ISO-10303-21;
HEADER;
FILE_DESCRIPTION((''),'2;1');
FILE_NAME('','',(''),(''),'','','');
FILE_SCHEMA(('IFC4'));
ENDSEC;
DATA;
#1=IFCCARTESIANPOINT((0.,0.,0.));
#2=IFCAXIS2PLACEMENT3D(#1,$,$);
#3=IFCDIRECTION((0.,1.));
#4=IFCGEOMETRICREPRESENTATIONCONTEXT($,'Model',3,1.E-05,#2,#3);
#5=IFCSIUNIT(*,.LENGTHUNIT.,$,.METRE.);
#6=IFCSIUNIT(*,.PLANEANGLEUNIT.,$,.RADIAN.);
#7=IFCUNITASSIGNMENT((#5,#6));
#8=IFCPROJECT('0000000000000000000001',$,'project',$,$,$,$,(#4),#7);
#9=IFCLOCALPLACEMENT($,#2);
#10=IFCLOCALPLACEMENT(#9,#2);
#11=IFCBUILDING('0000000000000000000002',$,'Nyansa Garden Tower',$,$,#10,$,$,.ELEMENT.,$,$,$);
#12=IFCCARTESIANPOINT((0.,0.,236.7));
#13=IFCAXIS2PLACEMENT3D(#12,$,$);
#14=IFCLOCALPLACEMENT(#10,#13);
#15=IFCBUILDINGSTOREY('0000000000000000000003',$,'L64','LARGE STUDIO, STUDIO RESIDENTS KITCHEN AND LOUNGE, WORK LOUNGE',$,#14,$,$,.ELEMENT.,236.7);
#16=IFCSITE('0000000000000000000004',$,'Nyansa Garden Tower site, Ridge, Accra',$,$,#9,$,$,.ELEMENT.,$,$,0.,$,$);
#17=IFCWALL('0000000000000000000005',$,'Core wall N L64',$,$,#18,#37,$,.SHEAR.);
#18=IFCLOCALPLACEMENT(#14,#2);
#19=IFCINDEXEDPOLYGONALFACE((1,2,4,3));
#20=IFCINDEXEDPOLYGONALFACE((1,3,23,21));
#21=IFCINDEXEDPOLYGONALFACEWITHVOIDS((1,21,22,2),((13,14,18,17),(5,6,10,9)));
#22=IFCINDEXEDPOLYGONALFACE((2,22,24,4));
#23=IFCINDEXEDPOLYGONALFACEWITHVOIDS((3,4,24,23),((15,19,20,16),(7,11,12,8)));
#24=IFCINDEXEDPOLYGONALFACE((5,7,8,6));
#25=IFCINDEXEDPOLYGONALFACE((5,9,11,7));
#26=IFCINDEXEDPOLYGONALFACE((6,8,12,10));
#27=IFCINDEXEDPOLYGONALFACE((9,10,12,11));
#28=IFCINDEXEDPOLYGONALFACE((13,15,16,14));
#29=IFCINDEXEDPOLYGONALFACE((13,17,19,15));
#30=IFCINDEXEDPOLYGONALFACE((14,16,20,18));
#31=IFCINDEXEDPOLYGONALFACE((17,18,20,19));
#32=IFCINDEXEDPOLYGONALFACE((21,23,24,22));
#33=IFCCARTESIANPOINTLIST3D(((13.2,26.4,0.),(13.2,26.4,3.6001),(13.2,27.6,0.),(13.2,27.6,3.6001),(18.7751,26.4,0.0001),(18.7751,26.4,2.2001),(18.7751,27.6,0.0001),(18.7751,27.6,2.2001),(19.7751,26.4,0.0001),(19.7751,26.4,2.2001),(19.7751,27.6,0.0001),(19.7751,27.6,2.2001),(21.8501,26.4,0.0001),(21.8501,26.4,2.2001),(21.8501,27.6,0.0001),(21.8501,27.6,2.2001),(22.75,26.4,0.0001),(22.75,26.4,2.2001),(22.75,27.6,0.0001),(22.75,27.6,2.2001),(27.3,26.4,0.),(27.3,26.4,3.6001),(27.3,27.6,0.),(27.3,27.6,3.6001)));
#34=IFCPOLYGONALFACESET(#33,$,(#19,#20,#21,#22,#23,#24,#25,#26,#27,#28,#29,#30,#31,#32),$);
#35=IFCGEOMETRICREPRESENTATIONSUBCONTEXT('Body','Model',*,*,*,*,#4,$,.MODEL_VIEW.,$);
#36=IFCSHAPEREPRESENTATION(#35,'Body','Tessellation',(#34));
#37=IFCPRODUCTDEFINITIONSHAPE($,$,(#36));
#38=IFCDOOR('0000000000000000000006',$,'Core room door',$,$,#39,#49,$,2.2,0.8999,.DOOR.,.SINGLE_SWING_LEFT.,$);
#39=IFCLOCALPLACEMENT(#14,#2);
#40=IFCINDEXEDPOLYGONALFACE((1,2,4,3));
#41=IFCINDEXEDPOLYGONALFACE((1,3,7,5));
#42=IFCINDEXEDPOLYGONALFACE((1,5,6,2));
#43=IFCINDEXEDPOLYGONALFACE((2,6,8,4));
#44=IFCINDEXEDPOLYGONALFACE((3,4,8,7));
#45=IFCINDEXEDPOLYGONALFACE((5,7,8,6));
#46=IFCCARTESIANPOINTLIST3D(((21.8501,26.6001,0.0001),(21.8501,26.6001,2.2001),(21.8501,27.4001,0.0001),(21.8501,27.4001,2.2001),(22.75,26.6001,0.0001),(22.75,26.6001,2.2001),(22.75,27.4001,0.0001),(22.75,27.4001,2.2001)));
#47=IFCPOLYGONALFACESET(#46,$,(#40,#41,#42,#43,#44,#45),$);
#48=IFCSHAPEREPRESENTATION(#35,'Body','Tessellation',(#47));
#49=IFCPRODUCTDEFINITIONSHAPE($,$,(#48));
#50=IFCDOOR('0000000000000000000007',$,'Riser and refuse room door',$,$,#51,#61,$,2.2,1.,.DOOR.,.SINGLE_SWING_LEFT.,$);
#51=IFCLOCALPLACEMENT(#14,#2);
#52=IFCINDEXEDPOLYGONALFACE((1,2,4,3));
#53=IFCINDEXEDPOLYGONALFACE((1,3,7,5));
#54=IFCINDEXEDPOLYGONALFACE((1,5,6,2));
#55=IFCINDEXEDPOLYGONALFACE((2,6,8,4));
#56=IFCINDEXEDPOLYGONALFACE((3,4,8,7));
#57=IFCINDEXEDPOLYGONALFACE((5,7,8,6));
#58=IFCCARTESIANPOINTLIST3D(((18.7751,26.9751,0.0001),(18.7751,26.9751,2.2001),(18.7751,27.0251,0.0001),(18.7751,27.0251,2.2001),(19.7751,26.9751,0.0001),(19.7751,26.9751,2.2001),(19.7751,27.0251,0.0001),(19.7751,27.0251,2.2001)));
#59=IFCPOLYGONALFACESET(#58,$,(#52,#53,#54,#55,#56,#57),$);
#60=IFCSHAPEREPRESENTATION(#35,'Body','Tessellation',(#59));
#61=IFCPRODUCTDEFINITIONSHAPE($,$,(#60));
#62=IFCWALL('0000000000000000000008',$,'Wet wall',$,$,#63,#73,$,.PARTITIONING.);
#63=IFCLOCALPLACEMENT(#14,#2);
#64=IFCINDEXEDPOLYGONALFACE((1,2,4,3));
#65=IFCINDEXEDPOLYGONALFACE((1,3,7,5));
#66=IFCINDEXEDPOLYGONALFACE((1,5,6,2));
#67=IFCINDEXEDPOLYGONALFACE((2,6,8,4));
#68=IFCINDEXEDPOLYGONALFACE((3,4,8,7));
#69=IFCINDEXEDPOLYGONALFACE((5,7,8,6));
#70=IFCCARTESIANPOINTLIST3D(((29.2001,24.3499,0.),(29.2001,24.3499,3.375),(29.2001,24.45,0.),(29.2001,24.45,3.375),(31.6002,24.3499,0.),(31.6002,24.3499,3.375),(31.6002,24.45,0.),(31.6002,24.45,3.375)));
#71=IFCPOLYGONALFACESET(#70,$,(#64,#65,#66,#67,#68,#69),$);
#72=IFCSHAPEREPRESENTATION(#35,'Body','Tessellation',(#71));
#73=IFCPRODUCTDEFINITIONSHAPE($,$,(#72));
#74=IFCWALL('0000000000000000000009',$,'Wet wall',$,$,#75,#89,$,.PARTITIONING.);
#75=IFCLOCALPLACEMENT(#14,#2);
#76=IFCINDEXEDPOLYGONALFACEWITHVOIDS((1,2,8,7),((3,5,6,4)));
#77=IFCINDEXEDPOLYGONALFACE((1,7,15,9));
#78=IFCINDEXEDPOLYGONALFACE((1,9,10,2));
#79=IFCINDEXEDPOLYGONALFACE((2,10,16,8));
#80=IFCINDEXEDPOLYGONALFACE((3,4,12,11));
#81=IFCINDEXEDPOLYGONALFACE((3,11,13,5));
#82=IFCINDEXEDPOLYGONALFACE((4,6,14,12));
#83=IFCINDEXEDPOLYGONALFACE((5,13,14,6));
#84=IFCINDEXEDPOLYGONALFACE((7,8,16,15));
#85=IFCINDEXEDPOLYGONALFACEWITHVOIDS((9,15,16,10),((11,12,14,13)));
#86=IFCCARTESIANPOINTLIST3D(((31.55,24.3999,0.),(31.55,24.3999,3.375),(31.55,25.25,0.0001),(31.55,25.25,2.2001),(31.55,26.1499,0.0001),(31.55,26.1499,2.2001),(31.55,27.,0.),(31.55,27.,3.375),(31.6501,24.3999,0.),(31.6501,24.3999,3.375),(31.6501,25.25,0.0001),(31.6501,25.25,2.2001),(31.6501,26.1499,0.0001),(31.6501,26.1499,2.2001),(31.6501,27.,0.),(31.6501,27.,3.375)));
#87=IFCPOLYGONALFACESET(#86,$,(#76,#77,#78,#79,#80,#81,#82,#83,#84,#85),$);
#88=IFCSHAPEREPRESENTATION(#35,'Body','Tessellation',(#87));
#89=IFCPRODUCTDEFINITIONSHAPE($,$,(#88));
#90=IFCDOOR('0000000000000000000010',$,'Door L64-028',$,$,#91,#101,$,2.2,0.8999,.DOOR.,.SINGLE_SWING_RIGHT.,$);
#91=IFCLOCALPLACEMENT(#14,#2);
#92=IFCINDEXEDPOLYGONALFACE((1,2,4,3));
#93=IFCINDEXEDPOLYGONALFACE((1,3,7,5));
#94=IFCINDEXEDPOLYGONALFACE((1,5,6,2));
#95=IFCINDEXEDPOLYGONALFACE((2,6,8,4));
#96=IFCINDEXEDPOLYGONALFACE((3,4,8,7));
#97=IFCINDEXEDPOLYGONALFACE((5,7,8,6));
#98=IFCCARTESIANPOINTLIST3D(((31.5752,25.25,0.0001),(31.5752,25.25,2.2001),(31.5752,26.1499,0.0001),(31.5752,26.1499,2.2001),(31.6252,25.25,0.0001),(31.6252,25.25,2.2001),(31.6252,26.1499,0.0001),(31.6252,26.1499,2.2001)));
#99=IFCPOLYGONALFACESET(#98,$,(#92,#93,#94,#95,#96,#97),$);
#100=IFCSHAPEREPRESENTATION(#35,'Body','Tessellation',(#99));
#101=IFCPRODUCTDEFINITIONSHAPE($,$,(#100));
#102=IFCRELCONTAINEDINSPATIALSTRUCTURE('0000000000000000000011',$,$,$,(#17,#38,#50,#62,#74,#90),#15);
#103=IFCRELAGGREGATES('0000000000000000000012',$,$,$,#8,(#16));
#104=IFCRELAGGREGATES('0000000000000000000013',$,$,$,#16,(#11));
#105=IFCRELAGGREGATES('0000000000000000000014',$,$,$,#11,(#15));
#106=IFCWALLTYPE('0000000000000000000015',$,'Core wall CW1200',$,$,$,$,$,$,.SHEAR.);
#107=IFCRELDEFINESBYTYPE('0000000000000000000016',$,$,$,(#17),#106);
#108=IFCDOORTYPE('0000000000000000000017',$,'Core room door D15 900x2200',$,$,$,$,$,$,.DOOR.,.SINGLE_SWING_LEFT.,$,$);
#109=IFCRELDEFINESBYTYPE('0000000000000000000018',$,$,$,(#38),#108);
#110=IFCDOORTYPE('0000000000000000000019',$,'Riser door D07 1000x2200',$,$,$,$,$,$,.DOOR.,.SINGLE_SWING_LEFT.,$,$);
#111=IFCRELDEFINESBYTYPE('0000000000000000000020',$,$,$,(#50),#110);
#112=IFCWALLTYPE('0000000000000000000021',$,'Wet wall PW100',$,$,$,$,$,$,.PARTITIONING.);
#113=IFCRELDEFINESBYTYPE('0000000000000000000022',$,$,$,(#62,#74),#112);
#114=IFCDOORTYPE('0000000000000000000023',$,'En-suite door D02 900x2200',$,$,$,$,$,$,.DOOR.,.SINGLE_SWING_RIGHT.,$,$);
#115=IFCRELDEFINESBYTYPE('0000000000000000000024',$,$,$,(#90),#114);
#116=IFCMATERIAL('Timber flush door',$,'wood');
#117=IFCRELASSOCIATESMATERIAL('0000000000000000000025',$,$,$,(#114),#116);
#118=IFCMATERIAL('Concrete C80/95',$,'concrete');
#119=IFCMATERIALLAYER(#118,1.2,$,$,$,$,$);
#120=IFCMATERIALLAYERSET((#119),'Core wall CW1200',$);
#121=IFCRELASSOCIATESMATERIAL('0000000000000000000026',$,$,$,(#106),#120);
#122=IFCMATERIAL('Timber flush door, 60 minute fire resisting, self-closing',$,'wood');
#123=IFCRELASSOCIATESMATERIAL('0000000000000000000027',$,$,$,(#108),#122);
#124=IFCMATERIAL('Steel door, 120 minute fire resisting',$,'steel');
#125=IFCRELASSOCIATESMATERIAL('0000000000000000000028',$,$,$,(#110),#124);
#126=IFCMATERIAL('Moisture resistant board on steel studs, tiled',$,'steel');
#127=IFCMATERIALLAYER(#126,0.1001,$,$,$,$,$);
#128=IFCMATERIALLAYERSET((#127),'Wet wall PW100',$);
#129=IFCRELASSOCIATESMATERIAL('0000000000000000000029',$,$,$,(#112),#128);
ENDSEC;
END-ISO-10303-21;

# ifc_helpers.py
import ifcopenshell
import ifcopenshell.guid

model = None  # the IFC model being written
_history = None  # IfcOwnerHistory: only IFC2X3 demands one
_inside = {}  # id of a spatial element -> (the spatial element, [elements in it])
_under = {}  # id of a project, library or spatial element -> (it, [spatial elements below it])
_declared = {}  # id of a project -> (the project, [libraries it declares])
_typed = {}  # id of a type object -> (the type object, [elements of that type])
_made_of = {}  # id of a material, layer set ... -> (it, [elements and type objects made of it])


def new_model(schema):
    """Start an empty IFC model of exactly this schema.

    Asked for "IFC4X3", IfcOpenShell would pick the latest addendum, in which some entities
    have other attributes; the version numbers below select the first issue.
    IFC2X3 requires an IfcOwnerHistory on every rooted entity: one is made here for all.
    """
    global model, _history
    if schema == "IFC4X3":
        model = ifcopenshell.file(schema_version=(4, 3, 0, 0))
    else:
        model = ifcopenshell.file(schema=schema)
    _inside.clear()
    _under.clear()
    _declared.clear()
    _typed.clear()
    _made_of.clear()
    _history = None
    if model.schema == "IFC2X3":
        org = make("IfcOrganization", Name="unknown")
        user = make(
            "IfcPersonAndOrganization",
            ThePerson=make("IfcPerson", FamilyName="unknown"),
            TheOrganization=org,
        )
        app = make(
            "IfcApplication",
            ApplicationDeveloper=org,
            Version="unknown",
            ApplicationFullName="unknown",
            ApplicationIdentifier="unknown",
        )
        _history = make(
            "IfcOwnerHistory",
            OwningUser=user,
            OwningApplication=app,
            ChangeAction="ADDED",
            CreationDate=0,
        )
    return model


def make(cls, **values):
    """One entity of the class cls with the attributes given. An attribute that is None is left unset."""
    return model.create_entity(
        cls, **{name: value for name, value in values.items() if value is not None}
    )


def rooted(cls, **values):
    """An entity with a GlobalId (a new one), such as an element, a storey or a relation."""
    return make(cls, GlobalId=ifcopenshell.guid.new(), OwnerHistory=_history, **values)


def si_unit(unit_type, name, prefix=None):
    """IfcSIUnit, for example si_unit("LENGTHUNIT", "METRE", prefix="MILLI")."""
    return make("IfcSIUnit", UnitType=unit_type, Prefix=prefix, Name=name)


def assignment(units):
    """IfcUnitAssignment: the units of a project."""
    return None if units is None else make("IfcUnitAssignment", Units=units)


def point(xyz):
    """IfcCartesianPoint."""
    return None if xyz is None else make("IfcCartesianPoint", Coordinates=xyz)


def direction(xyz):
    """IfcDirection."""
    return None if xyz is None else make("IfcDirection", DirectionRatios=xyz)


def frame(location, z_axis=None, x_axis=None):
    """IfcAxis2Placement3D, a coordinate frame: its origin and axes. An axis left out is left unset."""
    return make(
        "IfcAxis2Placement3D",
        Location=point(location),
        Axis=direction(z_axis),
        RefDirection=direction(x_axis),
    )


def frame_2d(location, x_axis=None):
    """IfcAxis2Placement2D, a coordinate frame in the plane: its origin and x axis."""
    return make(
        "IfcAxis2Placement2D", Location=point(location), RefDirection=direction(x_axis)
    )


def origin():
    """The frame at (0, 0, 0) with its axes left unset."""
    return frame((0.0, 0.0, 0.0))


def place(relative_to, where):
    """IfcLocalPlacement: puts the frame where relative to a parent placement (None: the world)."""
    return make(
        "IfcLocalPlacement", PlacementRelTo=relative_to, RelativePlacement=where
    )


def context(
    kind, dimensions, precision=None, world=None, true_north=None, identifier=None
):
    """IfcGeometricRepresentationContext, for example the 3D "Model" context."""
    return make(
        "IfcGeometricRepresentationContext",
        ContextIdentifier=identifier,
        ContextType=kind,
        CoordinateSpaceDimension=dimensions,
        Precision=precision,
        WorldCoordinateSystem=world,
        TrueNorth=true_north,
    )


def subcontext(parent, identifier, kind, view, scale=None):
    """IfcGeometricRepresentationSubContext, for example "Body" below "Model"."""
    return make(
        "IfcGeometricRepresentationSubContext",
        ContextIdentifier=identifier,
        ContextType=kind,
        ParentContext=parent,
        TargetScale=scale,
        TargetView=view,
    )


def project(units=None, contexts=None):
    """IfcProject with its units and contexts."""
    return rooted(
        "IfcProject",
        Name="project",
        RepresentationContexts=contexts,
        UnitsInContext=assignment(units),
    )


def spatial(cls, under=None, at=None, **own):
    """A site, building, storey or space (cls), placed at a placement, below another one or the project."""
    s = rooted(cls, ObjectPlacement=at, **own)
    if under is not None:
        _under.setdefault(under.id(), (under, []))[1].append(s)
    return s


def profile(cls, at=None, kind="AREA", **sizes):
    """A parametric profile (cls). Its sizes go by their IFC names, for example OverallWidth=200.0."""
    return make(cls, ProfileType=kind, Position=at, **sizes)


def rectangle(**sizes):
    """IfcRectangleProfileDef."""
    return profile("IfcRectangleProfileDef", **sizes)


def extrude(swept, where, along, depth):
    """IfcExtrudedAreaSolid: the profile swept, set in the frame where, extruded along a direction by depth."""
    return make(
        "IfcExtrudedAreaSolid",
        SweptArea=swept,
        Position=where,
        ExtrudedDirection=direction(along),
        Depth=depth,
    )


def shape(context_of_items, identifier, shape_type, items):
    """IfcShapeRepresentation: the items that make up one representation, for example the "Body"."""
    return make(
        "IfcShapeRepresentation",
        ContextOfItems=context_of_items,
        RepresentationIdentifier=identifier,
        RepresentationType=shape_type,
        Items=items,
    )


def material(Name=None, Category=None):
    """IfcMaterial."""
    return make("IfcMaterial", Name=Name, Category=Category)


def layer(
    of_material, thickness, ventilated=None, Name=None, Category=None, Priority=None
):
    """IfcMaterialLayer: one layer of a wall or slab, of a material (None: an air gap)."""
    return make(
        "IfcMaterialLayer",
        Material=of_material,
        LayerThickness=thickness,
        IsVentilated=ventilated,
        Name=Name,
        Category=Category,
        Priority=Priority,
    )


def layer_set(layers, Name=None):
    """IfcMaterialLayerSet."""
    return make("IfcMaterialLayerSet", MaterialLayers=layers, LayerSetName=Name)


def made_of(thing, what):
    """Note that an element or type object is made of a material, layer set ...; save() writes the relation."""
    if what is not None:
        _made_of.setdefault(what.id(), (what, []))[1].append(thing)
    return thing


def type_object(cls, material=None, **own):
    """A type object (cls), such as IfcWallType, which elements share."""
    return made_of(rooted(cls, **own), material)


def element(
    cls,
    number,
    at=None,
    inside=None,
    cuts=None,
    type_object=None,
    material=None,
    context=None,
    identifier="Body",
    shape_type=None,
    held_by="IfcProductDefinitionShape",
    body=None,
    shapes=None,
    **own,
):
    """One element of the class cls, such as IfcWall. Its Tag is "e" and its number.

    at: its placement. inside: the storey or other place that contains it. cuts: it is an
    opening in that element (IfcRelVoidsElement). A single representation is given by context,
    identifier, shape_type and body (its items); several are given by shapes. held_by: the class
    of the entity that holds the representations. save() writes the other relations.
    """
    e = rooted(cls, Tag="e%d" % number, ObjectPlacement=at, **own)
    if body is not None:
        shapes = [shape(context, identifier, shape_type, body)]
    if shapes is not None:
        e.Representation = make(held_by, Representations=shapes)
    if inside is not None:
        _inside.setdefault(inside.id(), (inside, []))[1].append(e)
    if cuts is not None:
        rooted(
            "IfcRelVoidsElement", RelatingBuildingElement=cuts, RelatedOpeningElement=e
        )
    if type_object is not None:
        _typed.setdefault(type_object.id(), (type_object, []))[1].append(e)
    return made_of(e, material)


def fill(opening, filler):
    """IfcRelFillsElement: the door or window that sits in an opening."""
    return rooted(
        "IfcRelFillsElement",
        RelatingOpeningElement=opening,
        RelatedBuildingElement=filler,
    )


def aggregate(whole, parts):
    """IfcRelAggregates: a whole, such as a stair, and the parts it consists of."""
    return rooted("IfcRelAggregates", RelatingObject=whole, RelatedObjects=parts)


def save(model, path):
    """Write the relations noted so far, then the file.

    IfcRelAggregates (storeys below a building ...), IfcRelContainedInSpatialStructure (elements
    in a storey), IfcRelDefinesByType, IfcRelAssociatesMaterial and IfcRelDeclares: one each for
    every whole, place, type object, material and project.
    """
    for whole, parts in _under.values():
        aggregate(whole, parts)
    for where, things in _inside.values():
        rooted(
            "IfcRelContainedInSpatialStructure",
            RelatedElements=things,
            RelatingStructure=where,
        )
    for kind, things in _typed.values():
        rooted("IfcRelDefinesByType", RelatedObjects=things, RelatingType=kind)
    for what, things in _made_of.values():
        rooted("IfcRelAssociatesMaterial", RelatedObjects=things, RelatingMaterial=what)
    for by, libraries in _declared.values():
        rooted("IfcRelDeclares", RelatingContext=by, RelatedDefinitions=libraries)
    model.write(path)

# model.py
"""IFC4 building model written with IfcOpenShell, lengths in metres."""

from ifc_helpers import new_model, si_unit, direction, frame, frame_2d, origin, place, context, subcontext, project, spatial, rectangle, extrude, material, layer, layer_set, type_object, element, fill, save


model = new_model("IFC4")

# Units and contexts
model_context = context("Model", 3, precision=1e-05, world=origin(), true_north=direction((0.0, 1.0)))
body_context = subcontext(model_context, "Body", "Model", "MODEL_VIEW")
ifc_project = project(units=[si_unit("LENGTHUNIT", "METRE"), si_unit("PLANEANGLEUNIT", "RADIAN")], contexts=[model_context])

# Site, building, storey
site_placement = place(None, origin())
site = spatial("IfcSite", under=ifc_project, at=site_placement, Name="Nyansa Garden Tower site, Ridge, Accra", CompositionType="ELEMENT", RefElevation=0.0)
building_placement = place(site_placement, origin())
building = spatial("IfcBuilding", under=site, at=building_placement, Name="Nyansa Garden Tower", CompositionType="ELEMENT")
storey_placement = place(building_placement, frame((0.0, 0.0, 236.7)))
storey = spatial("IfcBuildingStorey", under=building, at=storey_placement, Name="L64", Description="LARGE STUDIO, STUDIO RESIDENTS KITCHEN AND LOUNGE, WORK LOUNGE", CompositionType="ELEMENT", Elevation=236.7)

# Shared definitions
ifc_material_1 = material(Name="Timber flush door", Category="wood")
door_type_1 = type_object("IfcDoorType", Name="En-suite door D02 900x2200", OperationType="SINGLE_SWING_RIGHT", PredefinedType="DOOR", material=ifc_material_1)

# Wall, openings, doors
ifc_material_2 = material(Name="Concrete C80/95", Category="concrete")
ifc_layer_1 = layer(ifc_material_2, 1.2)
ifc_layer_set_1 = layer_set([ifc_layer_1], Name="Core wall CW1200")
wall_type_1 = type_object("IfcWallType", Name="Core wall CW1200", PredefinedType="SHEAR", material=ifc_layer_set_1)
wall_1_placement = place(storey_placement, frame((27.3, 27.0, 0.0), z_axis=(0.0, 0.0, 1.0), x_axis=(-1.0, 0.0, 0.0)))
wall_1 = element("IfcWall", 1, at=wall_1_placement, inside=storey, type_object=wall_type_1, Name="Core wall N L64", PredefinedType="SHEAR", context=body_context, shape_type="SweptSolid", body=[
    extrude(rectangle(XDim=14.1001, YDim=1.2, at=frame_2d((7.05, 0.0))), origin(), (0.0, 0.0, 1.0), 3.6001),
])
opening_1_placement = place(wall_1_placement, frame((4.55, 0.0, 0.0)))
opening_1 = element("IfcOpeningElement", 2, at=opening_1_placement, cuts=wall_1, PredefinedType="OPENING", context=body_context, shape_type="SweptSolid", body=[
    extrude(rectangle(XDim=0.8999, YDim=2.2, at=frame_2d((0.45, 1.1001))), frame((0.0, 0.6099, 0.0), z_axis=(0.0, -1.0, 0.0), x_axis=(1.0, 0.0, 0.0)), (0.0, 0.0, 1.0), 1.22),
])
opening_2_placement = place(wall_1_placement, frame((7.5249, 0.0, 0.0)))
opening_2 = element("IfcOpeningElement", 3, at=opening_2_placement, cuts=wall_1, PredefinedType="OPENING", context=body_context, shape_type="SweptSolid", body=[
    extrude(rectangle(XDim=1.0, YDim=2.2, at=frame_2d((0.5, 1.1001))), frame((0.0, 0.6099, 0.0), z_axis=(0.0, -1.0, 0.0), x_axis=(1.0, 0.0, 0.0)), (0.0, 0.0, 1.0), 1.22),
])
ifc_material_3 = material(Name="Timber flush door, 60 minute fire resisting, self-closing", Category="wood")
door_type_2 = type_object("IfcDoorType", Name="Core room door D15 900x2200", OperationType="SINGLE_SWING_LEFT", PredefinedType="DOOR", material=ifc_material_3)
door_1_placement = place(opening_1_placement, origin())
door_1 = element("IfcDoor", 4, at=door_1_placement, inside=storey, type_object=door_type_2, Name="Core room door", OperationType="SINGLE_SWING_LEFT", OverallHeight=2.2, OverallWidth=0.8999, PredefinedType="DOOR", context=body_context, shape_type="SweptSolid", body=[
    extrude(rectangle(XDim=0.8999, YDim=2.2, at=frame_2d((0.45, 1.1001))), frame((0.0, 0.3999, 0.0), z_axis=(0.0, -1.0, 0.0), x_axis=(1.0, 0.0, 0.0)), (0.0, 0.0, 1.0), 0.8),
])
fill(opening_1, door_1)
ifc_material_4 = material(Name="Steel door, 120 minute fire resisting", Category="steel")
door_type_3 = type_object("IfcDoorType", Name="Riser door D07 1000x2200", OperationType="SINGLE_SWING_LEFT", PredefinedType="DOOR", material=ifc_material_4)
door_2_placement = place(opening_2_placement, origin())
door_2 = element("IfcDoor", 5, at=door_2_placement, inside=storey, type_object=door_type_3, Name="Riser and refuse room door", OperationType="SINGLE_SWING_LEFT", OverallHeight=2.2, OverallWidth=1.0, PredefinedType="DOOR", context=body_context, shape_type="SweptSolid", body=[
    extrude(rectangle(XDim=1.0, YDim=2.2, at=frame_2d((0.5, 1.1001))), frame((0.0, 0.0249, 0.0), z_axis=(0.0, -1.0, 0.0), x_axis=(1.0, 0.0, 0.0)), (0.0, 0.0, 1.0), 0.05),
])
fill(opening_2, door_2)

# Wall
ifc_material_5 = material(Name="Moisture resistant board on steel studs, tiled", Category="steel")
ifc_layer_2 = layer(ifc_material_5, 0.1001)
ifc_layer_set_2 = layer_set([ifc_layer_2], Name="Wet wall PW100")
wall_type_2 = type_object("IfcWallType", Name="Wet wall PW100", PredefinedType="PARTITIONING", material=ifc_layer_set_2)
wall_2_placement = place(storey_placement, frame((29.2, 24.3999, 0.0), z_axis=(0.0, 0.0, 1.0), x_axis=(1.0, 0.0, 0.0)))
element("IfcWall", 6, at=wall_2_placement, inside=storey, type_object=wall_type_2, Name="Wet wall", PredefinedType="PARTITIONING", context=body_context, shape_type="SweptSolid", body=[
    extrude(rectangle(XDim=2.4001, YDim=0.1001, at=frame_2d((1.2002, 0.0))), origin(), (0.0, 0.0, 1.0), 3.375),
])

# Wall, opening, door
wall_3_placement = place(storey_placement, frame((31.6001, 24.3999, 0.0), z_axis=(0.0, 0.0, 1.0), x_axis=(0.0, 1.0, 0.0)))
wall_3 = element("IfcWall", 7, at=wall_3_placement, inside=storey, type_object=wall_type_2, Name="Wet wall", PredefinedType="PARTITIONING", context=body_context, shape_type="SweptSolid", body=[
    extrude(rectangle(XDim=2.6001, YDim=0.1001, at=frame_2d((1.3, 0.0))), origin(), (0.0, 0.0, 1.0), 3.375),
])
opening_3_placement = place(wall_3_placement, frame((0.8501, 0.0, 0.0)))
opening_3 = element("IfcOpeningElement", 8, at=opening_3_placement, cuts=wall_3, PredefinedType="OPENING", context=body_context, shape_type="SweptSolid", body=[
    extrude(rectangle(XDim=0.8999, YDim=2.2, at=frame_2d((0.45, 1.1001))), frame((0.0, 0.0601, 0.0), z_axis=(0.0, -1.0, 0.0), x_axis=(1.0, 0.0, 0.0)), (0.0, 0.0, 1.0), 0.1201),
])
door_3_placement = place(opening_3_placement, origin())
door_3 = element("IfcDoor", 9, at=door_3_placement, inside=storey, type_object=door_type_1, Name="Door L64-028", OperationType="SINGLE_SWING_RIGHT", OverallHeight=2.2, OverallWidth=0.8999, PredefinedType="DOOR", context=body_context, shape_type="SweptSolid", body=[
    extrude(rectangle(XDim=0.8999, YDim=2.2, at=frame_2d((0.45, 1.1001))), frame((0.0, 0.0249, 0.0), z_axis=(0.0, -1.0, 0.0), x_axis=(1.0, 0.0, 0.0)), (0.0, 0.0, 1.0), 0.05),
])
fill(opening_3, door_3)

save(model, "model.ifc")
